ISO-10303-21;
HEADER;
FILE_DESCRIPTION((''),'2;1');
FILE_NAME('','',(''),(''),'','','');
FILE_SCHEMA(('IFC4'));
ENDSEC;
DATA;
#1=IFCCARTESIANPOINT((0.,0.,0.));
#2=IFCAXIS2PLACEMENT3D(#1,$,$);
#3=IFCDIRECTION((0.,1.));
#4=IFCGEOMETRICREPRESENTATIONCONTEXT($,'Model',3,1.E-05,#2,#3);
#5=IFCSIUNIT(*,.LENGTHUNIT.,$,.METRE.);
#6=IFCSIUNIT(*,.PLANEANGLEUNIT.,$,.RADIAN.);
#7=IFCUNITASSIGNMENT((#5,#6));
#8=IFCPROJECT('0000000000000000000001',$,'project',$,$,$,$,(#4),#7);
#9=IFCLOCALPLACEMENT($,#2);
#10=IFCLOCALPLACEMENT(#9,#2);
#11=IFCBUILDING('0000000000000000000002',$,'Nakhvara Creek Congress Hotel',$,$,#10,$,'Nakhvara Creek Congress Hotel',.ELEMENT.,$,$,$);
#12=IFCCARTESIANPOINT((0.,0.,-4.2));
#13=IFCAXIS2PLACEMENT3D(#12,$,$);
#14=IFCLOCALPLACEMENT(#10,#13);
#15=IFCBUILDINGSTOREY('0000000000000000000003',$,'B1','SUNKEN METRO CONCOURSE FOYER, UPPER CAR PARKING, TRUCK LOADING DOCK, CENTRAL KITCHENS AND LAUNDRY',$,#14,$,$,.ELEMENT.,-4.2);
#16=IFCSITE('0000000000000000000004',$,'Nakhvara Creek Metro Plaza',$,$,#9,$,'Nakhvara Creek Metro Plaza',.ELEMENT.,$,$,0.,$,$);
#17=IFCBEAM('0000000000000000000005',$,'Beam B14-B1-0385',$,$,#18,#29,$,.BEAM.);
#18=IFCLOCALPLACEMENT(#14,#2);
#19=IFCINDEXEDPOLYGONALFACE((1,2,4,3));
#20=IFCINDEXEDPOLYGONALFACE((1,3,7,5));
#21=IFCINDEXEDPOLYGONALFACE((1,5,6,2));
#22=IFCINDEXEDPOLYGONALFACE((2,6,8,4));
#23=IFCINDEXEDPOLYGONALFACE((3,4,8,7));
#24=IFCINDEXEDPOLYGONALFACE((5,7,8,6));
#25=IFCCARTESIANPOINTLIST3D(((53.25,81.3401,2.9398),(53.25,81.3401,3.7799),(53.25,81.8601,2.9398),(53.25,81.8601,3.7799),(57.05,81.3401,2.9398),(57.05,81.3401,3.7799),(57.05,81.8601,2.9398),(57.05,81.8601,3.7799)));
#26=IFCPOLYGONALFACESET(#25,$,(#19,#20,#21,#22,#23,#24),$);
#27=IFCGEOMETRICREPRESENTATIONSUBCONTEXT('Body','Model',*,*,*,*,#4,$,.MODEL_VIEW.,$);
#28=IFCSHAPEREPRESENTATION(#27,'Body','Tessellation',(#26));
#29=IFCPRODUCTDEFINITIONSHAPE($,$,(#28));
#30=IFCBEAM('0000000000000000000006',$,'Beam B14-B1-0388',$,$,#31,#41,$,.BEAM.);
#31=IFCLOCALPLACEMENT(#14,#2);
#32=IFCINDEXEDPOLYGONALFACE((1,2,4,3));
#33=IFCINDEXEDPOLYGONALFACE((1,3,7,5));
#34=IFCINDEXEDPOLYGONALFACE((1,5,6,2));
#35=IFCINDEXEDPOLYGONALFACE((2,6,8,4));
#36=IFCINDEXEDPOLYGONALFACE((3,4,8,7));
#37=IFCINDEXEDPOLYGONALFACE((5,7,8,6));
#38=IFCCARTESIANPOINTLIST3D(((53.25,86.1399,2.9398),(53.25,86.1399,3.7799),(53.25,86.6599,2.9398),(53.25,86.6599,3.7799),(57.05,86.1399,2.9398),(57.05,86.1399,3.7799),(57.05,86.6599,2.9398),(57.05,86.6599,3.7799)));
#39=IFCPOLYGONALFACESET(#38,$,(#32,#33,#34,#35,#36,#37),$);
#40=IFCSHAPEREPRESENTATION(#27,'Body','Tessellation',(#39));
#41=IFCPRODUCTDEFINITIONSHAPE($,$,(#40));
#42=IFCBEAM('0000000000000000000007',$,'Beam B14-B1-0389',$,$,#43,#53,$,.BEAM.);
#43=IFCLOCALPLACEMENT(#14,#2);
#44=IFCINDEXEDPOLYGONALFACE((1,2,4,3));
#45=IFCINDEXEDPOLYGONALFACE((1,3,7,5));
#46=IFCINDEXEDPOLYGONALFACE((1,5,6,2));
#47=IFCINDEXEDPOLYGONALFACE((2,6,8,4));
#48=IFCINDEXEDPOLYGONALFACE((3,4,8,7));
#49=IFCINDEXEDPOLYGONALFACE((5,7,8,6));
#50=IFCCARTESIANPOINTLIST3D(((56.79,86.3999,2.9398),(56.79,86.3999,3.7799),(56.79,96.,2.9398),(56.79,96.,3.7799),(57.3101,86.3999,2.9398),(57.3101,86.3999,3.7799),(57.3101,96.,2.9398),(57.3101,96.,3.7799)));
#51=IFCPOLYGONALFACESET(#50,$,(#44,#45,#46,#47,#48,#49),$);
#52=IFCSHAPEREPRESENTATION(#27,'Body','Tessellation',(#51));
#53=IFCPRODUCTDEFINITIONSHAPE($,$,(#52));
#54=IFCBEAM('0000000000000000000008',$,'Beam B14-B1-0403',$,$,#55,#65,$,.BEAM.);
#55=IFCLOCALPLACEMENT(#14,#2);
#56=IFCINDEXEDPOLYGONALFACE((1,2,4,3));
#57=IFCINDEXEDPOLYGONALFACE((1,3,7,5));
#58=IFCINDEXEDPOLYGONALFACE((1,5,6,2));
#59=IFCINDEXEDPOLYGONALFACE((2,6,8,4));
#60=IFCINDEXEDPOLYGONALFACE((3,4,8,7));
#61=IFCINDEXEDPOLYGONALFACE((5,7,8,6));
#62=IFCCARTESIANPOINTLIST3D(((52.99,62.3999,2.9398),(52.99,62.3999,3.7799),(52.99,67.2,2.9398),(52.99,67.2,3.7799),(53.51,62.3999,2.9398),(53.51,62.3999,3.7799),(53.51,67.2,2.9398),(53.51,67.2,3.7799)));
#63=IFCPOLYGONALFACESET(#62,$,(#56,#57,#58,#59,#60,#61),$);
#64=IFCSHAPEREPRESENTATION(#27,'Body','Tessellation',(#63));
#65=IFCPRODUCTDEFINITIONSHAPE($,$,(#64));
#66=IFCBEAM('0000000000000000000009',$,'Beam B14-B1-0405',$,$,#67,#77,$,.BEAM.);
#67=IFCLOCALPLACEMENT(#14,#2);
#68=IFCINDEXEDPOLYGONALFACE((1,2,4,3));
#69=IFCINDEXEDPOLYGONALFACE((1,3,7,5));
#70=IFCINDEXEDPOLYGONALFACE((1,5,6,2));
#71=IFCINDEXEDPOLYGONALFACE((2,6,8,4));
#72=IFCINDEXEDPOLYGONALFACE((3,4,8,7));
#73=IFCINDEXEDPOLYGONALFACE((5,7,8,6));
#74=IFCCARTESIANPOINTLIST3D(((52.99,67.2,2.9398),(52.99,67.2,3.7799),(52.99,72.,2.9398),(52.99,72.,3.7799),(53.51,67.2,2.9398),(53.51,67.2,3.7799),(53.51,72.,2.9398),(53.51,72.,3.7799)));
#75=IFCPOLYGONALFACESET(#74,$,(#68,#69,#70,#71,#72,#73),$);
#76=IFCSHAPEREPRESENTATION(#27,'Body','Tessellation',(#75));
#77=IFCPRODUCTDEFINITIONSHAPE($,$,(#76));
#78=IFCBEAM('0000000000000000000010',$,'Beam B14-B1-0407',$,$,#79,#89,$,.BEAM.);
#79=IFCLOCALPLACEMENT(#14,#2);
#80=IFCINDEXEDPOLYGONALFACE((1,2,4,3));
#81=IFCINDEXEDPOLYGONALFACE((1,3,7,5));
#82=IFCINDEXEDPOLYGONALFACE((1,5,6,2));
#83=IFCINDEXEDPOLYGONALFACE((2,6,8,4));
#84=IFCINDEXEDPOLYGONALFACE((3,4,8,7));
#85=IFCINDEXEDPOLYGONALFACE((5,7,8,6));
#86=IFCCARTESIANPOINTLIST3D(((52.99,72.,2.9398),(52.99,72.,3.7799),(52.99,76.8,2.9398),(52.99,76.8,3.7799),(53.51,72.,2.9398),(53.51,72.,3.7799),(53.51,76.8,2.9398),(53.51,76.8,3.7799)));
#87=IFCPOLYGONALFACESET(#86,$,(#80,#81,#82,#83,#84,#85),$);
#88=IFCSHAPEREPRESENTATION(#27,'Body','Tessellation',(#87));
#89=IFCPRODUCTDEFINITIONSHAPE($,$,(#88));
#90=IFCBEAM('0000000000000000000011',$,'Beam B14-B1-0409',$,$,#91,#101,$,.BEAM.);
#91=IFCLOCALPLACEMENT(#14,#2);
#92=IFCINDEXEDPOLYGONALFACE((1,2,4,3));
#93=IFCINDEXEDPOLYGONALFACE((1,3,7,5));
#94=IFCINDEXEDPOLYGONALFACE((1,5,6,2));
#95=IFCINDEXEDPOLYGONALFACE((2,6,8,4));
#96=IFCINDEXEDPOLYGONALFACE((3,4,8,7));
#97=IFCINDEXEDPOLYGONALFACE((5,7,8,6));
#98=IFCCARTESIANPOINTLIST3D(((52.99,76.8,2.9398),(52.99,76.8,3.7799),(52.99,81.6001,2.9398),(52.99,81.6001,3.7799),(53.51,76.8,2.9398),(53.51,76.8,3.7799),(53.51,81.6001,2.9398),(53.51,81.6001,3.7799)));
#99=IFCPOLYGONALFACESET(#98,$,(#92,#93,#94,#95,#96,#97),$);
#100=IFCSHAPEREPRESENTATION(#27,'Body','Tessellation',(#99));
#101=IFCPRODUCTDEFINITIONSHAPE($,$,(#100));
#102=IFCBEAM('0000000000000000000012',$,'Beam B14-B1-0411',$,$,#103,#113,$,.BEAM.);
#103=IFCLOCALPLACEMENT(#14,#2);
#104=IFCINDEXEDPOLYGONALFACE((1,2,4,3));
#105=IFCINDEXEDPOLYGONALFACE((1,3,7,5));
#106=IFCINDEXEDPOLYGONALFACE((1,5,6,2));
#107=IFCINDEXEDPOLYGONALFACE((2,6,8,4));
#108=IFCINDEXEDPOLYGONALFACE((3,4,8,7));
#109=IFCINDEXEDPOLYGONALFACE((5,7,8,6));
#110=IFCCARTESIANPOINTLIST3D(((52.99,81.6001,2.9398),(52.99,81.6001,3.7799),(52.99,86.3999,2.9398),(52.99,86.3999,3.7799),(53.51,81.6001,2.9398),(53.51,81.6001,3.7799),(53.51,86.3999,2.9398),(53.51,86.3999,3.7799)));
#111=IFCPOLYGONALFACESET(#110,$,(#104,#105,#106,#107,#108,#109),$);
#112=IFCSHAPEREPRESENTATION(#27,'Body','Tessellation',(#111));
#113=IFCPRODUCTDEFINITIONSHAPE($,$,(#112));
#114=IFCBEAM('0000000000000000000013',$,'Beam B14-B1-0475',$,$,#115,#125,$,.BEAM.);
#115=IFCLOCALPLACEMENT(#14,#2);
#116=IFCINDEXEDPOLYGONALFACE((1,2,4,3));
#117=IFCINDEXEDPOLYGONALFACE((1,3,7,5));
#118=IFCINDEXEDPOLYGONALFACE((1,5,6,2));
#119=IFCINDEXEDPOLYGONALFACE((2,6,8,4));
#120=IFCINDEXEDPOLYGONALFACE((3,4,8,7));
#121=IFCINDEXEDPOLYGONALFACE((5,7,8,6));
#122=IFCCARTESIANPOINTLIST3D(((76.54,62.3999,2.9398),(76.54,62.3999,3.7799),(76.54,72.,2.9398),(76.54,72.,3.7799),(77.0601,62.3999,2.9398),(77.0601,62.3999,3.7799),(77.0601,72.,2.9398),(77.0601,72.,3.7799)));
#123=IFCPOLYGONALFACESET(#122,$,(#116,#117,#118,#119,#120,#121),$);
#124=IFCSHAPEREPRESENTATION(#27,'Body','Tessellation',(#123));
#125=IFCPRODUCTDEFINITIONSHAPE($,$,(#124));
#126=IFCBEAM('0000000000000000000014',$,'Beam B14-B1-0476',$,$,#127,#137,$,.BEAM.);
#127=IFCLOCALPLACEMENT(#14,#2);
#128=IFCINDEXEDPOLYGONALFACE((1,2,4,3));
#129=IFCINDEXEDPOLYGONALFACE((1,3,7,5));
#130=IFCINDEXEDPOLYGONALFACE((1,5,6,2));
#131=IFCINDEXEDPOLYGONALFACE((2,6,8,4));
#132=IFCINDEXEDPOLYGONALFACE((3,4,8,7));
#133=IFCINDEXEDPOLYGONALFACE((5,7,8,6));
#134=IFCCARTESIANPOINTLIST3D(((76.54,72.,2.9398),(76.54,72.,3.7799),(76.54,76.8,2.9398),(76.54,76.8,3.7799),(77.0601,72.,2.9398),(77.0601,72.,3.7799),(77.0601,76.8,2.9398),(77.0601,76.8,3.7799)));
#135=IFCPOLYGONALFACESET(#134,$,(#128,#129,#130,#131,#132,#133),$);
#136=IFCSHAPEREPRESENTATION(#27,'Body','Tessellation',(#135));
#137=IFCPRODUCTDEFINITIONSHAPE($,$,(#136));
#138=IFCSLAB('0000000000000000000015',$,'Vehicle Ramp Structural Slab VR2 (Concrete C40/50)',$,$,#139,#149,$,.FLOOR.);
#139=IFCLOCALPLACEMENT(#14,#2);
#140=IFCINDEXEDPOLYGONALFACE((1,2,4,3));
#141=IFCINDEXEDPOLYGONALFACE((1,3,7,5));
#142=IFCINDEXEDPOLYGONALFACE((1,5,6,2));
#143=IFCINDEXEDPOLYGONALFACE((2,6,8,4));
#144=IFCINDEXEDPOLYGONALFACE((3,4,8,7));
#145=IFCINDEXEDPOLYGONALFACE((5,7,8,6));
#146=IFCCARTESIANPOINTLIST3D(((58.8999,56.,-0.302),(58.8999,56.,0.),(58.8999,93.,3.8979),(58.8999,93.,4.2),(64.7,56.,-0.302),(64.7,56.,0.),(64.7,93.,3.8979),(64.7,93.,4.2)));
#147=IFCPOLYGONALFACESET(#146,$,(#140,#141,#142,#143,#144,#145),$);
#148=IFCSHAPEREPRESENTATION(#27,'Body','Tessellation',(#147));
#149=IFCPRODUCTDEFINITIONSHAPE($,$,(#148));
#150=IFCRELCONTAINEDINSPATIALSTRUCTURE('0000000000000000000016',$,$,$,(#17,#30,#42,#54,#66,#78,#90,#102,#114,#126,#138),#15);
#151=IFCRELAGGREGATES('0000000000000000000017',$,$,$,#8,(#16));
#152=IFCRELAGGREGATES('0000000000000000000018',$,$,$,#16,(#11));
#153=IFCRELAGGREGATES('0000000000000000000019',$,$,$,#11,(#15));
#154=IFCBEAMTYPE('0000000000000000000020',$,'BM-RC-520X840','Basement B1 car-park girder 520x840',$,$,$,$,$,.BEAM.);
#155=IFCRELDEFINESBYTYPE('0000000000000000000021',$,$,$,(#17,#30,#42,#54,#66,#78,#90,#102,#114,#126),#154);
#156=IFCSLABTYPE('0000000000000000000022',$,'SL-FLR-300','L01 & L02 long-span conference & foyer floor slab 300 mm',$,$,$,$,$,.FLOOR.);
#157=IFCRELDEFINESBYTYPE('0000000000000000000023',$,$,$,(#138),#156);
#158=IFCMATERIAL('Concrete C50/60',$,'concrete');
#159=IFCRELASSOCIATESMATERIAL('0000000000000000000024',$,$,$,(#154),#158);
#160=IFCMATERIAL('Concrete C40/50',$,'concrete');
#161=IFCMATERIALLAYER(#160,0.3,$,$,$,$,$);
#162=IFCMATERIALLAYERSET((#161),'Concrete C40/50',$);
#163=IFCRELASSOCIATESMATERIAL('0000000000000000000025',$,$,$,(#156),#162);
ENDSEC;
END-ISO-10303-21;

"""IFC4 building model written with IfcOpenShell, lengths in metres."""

from ifc_helpers import new_model, si_unit, direction, frame, origin, origin_2d, place, context, subcontext, project, spatial, polyline, rectangle, outline, extrude, material, layer, layer_set, material_profile, profile_set, type_object, element, save


model = new_model("IFC4")

# Units and contexts
model_context = context("Model", 3, precision=1e-05, world=origin(), true_north=direction((0.0, 1.0)))
body_context = subcontext(model_context, "Body", "Model", "MODEL_VIEW")
ifc_project = project(units=[si_unit("LENGTHUNIT", "METRE"), si_unit("PLANEANGLEUNIT", "RADIAN")], contexts=[model_context])

# Site, building, storey
site_placement = place(None, origin())
site = spatial("IfcSite", under=ifc_project, at=site_placement, Name="Nakhvara Creek Metro Plaza", LongName="Nakhvara Creek Metro Plaza", CompositionType="ELEMENT", RefElevation=0.0)
building_placement = place(site_placement, origin())
building = spatial("IfcBuilding", under=site, at=building_placement, Name="Nakhvara Creek Congress Hotel", LongName="Nakhvara Creek Congress Hotel", CompositionType="ELEMENT")
storey_placement = place(building_placement, frame((0.0, 0.0, -4.2)))
storey = spatial("IfcBuildingStorey", under=building, at=storey_placement, Name="B1", Description="SUNKEN METRO CONCOURSE FOYER, UPPER CAR PARKING, TRUCK LOADING DOCK, CENTRAL KITCHENS AND LAUNDRY", CompositionType="ELEMENT", Elevation=-4.2)

# Shared definitions
ifc_material_1 = material(Name="Concrete C50/60", Category="concrete")

# Beams
ifc_material_profile_1 = material_profile(ifc_material_1, rectangle(XDim=0.52, YDim=0.8401, at=origin_2d()), Name="RC-BM 520x840", Category="LoadBearing")
ifc_profile_set_1 = profile_set([ifc_material_profile_1], Name="Concrete C50/60")
beam_type = type_object("IfcBeamType", Name="BM-RC-520X840", Description="Basement B1 car-park girder 520x840", PredefinedType="BEAM", material=ifc_profile_set_1)
for number, where, z_axis, x_axis, name in (
    (1, (53.25, 81.6001, 3.3599), (1.0, 0.0, 0.0), (0.0, 1.0, 0.0), "Beam B14-B1-0385"),
    (2, (53.25, 86.3999, 3.3599), (1.0, 0.0, 0.0), (0.0, 1.0, 0.0), "Beam B14-B1-0388"),
):
    element("IfcBeam", number, at=place(storey_placement, frame(where, z_axis=z_axis, x_axis=x_axis)), inside=storey, type_object=beam_type, Name=name, PredefinedType="BEAM", context=body_context, shape_type="SweptSolid", body=[
        extrude(rectangle(XDim=0.52, YDim=0.8401, at=origin_2d()), origin(), (0.0, 0.0, 1.0), 3.8),
    ])
beam_1_placement = place(storey_placement, frame((57.05, 86.3999, 3.3599), z_axis=(0.0, 1.0, 0.0), x_axis=(-1.0, 0.0, 0.0)))
element("IfcBeam", 3, at=beam_1_placement, inside=storey, type_object=beam_type, Name="Beam B14-B1-0389", PredefinedType="BEAM", context=body_context, shape_type="SweptSolid", body=[
    extrude(rectangle(XDim=0.52, YDim=0.8401, at=origin_2d()), origin(), (0.0, 0.0, 1.0), 9.6001),
])
for number, where, z_axis, x_axis, name in (
    (4, (53.25, 62.3999, 3.3599), (0.0, 1.0, 0.0), (-1.0, 0.0, 0.0), "Beam B14-B1-0403"),
    (5, (53.25, 67.2, 3.3599), (0.0, 1.0, 0.0), (-1.0, 0.0, 0.0), "Beam B14-B1-0405"),
    (6, (53.25, 72.0, 3.3599), (0.0, 1.0, 0.0), (-1.0, 0.0, 0.0), "Beam B14-B1-0407"),
    (7, (53.25, 76.8, 3.3599), (0.0, 1.0, 0.0), (-1.0, 0.0, 0.0), "Beam B14-B1-0409"),
):
    element("IfcBeam", number, at=place(storey_placement, frame(where, z_axis=z_axis, x_axis=x_axis)), inside=storey, type_object=beam_type, Name=name, PredefinedType="BEAM", context=body_context, shape_type="SweptSolid", body=[
        extrude(rectangle(XDim=0.52, YDim=0.8401, at=origin_2d()), origin(), (0.0, 0.0, 1.0), 4.8),
    ])
beam_2_placement = place(storey_placement, frame((53.25, 81.6001, 3.3599), z_axis=(0.0, 1.0, 0.0), x_axis=(-1.0, 0.0, 0.0)))
element("IfcBeam", 8, at=beam_2_placement, inside=storey, type_object=beam_type, Name="Beam B14-B1-0411", PredefinedType="BEAM", context=body_context, shape_type="SweptSolid", body=[
    extrude(rectangle(XDim=0.52, YDim=0.8401, at=origin_2d()), origin(), (0.0, 0.0, 1.0), 4.7998),
])
beam_3_placement = place(storey_placement, frame((76.8, 62.3999, 3.3599), z_axis=(0.0, 1.0, 0.0), x_axis=(-1.0, 0.0, 0.0)))
element("IfcBeam", 9, at=beam_3_placement, inside=storey, type_object=beam_type, Name="Beam B14-B1-0475", PredefinedType="BEAM", context=body_context, shape_type="SweptSolid", body=[
    extrude(rectangle(XDim=0.52, YDim=0.8401, at=origin_2d()), origin(), (0.0, 0.0, 1.0), 9.6001),
])
beam_4_placement = place(storey_placement, frame((76.8, 72.0, 3.3599), z_axis=(0.0, 1.0, 0.0), x_axis=(-1.0, 0.0, 0.0)))
element("IfcBeam", 10, at=beam_4_placement, inside=storey, type_object=beam_type, Name="Beam B14-B1-0476", PredefinedType="BEAM", context=body_context, shape_type="SweptSolid", body=[
    extrude(rectangle(XDim=0.52, YDim=0.8401, at=origin_2d()), origin(), (0.0, 0.0, 1.0), 4.8),
])

# Slab
ifc_material_2 = material(Name="Concrete C40/50", Category="concrete")
ifc_layer_1 = layer(ifc_material_2, 0.3)
ifc_layer_set_1 = layer_set([ifc_layer_1], Name="Concrete C40/50")
slab_type = type_object("IfcSlabType", Name="SL-FLR-300", Description="L01 & L02 long-span conference & foyer floor slab 300 mm", PredefinedType="FLOOR", material=ifc_layer_set_1)
slab_placement = place(storey_placement, frame((58.8999, 56.0, 0.0), z_axis=(0.0, 0.0, 1.0), x_axis=(0.0, 1.0, 0.0)))
element("IfcSlab", 11, at=slab_placement, inside=storey, type_object=slab_type, Name="Vehicle Ramp Structural Slab VR2 (Concrete C40/50)", PredefinedType="FLOOR", context=body_context, shape_type="SweptSolid", body=[
    extrude(outline(polyline([(0.0, 0.0), (37.0, 4.2), (37.0, 3.8979), (0.0, -0.302), (0.0, 0.0)])), frame((0.0, 0.0, 0.0), z_axis=(0.0, -1.0, 0.0), x_axis=(1.0, 0.0, 0.0)), (0.0, 0.0, 1.0), 5.8),
])

save(model, "model.ifc")
